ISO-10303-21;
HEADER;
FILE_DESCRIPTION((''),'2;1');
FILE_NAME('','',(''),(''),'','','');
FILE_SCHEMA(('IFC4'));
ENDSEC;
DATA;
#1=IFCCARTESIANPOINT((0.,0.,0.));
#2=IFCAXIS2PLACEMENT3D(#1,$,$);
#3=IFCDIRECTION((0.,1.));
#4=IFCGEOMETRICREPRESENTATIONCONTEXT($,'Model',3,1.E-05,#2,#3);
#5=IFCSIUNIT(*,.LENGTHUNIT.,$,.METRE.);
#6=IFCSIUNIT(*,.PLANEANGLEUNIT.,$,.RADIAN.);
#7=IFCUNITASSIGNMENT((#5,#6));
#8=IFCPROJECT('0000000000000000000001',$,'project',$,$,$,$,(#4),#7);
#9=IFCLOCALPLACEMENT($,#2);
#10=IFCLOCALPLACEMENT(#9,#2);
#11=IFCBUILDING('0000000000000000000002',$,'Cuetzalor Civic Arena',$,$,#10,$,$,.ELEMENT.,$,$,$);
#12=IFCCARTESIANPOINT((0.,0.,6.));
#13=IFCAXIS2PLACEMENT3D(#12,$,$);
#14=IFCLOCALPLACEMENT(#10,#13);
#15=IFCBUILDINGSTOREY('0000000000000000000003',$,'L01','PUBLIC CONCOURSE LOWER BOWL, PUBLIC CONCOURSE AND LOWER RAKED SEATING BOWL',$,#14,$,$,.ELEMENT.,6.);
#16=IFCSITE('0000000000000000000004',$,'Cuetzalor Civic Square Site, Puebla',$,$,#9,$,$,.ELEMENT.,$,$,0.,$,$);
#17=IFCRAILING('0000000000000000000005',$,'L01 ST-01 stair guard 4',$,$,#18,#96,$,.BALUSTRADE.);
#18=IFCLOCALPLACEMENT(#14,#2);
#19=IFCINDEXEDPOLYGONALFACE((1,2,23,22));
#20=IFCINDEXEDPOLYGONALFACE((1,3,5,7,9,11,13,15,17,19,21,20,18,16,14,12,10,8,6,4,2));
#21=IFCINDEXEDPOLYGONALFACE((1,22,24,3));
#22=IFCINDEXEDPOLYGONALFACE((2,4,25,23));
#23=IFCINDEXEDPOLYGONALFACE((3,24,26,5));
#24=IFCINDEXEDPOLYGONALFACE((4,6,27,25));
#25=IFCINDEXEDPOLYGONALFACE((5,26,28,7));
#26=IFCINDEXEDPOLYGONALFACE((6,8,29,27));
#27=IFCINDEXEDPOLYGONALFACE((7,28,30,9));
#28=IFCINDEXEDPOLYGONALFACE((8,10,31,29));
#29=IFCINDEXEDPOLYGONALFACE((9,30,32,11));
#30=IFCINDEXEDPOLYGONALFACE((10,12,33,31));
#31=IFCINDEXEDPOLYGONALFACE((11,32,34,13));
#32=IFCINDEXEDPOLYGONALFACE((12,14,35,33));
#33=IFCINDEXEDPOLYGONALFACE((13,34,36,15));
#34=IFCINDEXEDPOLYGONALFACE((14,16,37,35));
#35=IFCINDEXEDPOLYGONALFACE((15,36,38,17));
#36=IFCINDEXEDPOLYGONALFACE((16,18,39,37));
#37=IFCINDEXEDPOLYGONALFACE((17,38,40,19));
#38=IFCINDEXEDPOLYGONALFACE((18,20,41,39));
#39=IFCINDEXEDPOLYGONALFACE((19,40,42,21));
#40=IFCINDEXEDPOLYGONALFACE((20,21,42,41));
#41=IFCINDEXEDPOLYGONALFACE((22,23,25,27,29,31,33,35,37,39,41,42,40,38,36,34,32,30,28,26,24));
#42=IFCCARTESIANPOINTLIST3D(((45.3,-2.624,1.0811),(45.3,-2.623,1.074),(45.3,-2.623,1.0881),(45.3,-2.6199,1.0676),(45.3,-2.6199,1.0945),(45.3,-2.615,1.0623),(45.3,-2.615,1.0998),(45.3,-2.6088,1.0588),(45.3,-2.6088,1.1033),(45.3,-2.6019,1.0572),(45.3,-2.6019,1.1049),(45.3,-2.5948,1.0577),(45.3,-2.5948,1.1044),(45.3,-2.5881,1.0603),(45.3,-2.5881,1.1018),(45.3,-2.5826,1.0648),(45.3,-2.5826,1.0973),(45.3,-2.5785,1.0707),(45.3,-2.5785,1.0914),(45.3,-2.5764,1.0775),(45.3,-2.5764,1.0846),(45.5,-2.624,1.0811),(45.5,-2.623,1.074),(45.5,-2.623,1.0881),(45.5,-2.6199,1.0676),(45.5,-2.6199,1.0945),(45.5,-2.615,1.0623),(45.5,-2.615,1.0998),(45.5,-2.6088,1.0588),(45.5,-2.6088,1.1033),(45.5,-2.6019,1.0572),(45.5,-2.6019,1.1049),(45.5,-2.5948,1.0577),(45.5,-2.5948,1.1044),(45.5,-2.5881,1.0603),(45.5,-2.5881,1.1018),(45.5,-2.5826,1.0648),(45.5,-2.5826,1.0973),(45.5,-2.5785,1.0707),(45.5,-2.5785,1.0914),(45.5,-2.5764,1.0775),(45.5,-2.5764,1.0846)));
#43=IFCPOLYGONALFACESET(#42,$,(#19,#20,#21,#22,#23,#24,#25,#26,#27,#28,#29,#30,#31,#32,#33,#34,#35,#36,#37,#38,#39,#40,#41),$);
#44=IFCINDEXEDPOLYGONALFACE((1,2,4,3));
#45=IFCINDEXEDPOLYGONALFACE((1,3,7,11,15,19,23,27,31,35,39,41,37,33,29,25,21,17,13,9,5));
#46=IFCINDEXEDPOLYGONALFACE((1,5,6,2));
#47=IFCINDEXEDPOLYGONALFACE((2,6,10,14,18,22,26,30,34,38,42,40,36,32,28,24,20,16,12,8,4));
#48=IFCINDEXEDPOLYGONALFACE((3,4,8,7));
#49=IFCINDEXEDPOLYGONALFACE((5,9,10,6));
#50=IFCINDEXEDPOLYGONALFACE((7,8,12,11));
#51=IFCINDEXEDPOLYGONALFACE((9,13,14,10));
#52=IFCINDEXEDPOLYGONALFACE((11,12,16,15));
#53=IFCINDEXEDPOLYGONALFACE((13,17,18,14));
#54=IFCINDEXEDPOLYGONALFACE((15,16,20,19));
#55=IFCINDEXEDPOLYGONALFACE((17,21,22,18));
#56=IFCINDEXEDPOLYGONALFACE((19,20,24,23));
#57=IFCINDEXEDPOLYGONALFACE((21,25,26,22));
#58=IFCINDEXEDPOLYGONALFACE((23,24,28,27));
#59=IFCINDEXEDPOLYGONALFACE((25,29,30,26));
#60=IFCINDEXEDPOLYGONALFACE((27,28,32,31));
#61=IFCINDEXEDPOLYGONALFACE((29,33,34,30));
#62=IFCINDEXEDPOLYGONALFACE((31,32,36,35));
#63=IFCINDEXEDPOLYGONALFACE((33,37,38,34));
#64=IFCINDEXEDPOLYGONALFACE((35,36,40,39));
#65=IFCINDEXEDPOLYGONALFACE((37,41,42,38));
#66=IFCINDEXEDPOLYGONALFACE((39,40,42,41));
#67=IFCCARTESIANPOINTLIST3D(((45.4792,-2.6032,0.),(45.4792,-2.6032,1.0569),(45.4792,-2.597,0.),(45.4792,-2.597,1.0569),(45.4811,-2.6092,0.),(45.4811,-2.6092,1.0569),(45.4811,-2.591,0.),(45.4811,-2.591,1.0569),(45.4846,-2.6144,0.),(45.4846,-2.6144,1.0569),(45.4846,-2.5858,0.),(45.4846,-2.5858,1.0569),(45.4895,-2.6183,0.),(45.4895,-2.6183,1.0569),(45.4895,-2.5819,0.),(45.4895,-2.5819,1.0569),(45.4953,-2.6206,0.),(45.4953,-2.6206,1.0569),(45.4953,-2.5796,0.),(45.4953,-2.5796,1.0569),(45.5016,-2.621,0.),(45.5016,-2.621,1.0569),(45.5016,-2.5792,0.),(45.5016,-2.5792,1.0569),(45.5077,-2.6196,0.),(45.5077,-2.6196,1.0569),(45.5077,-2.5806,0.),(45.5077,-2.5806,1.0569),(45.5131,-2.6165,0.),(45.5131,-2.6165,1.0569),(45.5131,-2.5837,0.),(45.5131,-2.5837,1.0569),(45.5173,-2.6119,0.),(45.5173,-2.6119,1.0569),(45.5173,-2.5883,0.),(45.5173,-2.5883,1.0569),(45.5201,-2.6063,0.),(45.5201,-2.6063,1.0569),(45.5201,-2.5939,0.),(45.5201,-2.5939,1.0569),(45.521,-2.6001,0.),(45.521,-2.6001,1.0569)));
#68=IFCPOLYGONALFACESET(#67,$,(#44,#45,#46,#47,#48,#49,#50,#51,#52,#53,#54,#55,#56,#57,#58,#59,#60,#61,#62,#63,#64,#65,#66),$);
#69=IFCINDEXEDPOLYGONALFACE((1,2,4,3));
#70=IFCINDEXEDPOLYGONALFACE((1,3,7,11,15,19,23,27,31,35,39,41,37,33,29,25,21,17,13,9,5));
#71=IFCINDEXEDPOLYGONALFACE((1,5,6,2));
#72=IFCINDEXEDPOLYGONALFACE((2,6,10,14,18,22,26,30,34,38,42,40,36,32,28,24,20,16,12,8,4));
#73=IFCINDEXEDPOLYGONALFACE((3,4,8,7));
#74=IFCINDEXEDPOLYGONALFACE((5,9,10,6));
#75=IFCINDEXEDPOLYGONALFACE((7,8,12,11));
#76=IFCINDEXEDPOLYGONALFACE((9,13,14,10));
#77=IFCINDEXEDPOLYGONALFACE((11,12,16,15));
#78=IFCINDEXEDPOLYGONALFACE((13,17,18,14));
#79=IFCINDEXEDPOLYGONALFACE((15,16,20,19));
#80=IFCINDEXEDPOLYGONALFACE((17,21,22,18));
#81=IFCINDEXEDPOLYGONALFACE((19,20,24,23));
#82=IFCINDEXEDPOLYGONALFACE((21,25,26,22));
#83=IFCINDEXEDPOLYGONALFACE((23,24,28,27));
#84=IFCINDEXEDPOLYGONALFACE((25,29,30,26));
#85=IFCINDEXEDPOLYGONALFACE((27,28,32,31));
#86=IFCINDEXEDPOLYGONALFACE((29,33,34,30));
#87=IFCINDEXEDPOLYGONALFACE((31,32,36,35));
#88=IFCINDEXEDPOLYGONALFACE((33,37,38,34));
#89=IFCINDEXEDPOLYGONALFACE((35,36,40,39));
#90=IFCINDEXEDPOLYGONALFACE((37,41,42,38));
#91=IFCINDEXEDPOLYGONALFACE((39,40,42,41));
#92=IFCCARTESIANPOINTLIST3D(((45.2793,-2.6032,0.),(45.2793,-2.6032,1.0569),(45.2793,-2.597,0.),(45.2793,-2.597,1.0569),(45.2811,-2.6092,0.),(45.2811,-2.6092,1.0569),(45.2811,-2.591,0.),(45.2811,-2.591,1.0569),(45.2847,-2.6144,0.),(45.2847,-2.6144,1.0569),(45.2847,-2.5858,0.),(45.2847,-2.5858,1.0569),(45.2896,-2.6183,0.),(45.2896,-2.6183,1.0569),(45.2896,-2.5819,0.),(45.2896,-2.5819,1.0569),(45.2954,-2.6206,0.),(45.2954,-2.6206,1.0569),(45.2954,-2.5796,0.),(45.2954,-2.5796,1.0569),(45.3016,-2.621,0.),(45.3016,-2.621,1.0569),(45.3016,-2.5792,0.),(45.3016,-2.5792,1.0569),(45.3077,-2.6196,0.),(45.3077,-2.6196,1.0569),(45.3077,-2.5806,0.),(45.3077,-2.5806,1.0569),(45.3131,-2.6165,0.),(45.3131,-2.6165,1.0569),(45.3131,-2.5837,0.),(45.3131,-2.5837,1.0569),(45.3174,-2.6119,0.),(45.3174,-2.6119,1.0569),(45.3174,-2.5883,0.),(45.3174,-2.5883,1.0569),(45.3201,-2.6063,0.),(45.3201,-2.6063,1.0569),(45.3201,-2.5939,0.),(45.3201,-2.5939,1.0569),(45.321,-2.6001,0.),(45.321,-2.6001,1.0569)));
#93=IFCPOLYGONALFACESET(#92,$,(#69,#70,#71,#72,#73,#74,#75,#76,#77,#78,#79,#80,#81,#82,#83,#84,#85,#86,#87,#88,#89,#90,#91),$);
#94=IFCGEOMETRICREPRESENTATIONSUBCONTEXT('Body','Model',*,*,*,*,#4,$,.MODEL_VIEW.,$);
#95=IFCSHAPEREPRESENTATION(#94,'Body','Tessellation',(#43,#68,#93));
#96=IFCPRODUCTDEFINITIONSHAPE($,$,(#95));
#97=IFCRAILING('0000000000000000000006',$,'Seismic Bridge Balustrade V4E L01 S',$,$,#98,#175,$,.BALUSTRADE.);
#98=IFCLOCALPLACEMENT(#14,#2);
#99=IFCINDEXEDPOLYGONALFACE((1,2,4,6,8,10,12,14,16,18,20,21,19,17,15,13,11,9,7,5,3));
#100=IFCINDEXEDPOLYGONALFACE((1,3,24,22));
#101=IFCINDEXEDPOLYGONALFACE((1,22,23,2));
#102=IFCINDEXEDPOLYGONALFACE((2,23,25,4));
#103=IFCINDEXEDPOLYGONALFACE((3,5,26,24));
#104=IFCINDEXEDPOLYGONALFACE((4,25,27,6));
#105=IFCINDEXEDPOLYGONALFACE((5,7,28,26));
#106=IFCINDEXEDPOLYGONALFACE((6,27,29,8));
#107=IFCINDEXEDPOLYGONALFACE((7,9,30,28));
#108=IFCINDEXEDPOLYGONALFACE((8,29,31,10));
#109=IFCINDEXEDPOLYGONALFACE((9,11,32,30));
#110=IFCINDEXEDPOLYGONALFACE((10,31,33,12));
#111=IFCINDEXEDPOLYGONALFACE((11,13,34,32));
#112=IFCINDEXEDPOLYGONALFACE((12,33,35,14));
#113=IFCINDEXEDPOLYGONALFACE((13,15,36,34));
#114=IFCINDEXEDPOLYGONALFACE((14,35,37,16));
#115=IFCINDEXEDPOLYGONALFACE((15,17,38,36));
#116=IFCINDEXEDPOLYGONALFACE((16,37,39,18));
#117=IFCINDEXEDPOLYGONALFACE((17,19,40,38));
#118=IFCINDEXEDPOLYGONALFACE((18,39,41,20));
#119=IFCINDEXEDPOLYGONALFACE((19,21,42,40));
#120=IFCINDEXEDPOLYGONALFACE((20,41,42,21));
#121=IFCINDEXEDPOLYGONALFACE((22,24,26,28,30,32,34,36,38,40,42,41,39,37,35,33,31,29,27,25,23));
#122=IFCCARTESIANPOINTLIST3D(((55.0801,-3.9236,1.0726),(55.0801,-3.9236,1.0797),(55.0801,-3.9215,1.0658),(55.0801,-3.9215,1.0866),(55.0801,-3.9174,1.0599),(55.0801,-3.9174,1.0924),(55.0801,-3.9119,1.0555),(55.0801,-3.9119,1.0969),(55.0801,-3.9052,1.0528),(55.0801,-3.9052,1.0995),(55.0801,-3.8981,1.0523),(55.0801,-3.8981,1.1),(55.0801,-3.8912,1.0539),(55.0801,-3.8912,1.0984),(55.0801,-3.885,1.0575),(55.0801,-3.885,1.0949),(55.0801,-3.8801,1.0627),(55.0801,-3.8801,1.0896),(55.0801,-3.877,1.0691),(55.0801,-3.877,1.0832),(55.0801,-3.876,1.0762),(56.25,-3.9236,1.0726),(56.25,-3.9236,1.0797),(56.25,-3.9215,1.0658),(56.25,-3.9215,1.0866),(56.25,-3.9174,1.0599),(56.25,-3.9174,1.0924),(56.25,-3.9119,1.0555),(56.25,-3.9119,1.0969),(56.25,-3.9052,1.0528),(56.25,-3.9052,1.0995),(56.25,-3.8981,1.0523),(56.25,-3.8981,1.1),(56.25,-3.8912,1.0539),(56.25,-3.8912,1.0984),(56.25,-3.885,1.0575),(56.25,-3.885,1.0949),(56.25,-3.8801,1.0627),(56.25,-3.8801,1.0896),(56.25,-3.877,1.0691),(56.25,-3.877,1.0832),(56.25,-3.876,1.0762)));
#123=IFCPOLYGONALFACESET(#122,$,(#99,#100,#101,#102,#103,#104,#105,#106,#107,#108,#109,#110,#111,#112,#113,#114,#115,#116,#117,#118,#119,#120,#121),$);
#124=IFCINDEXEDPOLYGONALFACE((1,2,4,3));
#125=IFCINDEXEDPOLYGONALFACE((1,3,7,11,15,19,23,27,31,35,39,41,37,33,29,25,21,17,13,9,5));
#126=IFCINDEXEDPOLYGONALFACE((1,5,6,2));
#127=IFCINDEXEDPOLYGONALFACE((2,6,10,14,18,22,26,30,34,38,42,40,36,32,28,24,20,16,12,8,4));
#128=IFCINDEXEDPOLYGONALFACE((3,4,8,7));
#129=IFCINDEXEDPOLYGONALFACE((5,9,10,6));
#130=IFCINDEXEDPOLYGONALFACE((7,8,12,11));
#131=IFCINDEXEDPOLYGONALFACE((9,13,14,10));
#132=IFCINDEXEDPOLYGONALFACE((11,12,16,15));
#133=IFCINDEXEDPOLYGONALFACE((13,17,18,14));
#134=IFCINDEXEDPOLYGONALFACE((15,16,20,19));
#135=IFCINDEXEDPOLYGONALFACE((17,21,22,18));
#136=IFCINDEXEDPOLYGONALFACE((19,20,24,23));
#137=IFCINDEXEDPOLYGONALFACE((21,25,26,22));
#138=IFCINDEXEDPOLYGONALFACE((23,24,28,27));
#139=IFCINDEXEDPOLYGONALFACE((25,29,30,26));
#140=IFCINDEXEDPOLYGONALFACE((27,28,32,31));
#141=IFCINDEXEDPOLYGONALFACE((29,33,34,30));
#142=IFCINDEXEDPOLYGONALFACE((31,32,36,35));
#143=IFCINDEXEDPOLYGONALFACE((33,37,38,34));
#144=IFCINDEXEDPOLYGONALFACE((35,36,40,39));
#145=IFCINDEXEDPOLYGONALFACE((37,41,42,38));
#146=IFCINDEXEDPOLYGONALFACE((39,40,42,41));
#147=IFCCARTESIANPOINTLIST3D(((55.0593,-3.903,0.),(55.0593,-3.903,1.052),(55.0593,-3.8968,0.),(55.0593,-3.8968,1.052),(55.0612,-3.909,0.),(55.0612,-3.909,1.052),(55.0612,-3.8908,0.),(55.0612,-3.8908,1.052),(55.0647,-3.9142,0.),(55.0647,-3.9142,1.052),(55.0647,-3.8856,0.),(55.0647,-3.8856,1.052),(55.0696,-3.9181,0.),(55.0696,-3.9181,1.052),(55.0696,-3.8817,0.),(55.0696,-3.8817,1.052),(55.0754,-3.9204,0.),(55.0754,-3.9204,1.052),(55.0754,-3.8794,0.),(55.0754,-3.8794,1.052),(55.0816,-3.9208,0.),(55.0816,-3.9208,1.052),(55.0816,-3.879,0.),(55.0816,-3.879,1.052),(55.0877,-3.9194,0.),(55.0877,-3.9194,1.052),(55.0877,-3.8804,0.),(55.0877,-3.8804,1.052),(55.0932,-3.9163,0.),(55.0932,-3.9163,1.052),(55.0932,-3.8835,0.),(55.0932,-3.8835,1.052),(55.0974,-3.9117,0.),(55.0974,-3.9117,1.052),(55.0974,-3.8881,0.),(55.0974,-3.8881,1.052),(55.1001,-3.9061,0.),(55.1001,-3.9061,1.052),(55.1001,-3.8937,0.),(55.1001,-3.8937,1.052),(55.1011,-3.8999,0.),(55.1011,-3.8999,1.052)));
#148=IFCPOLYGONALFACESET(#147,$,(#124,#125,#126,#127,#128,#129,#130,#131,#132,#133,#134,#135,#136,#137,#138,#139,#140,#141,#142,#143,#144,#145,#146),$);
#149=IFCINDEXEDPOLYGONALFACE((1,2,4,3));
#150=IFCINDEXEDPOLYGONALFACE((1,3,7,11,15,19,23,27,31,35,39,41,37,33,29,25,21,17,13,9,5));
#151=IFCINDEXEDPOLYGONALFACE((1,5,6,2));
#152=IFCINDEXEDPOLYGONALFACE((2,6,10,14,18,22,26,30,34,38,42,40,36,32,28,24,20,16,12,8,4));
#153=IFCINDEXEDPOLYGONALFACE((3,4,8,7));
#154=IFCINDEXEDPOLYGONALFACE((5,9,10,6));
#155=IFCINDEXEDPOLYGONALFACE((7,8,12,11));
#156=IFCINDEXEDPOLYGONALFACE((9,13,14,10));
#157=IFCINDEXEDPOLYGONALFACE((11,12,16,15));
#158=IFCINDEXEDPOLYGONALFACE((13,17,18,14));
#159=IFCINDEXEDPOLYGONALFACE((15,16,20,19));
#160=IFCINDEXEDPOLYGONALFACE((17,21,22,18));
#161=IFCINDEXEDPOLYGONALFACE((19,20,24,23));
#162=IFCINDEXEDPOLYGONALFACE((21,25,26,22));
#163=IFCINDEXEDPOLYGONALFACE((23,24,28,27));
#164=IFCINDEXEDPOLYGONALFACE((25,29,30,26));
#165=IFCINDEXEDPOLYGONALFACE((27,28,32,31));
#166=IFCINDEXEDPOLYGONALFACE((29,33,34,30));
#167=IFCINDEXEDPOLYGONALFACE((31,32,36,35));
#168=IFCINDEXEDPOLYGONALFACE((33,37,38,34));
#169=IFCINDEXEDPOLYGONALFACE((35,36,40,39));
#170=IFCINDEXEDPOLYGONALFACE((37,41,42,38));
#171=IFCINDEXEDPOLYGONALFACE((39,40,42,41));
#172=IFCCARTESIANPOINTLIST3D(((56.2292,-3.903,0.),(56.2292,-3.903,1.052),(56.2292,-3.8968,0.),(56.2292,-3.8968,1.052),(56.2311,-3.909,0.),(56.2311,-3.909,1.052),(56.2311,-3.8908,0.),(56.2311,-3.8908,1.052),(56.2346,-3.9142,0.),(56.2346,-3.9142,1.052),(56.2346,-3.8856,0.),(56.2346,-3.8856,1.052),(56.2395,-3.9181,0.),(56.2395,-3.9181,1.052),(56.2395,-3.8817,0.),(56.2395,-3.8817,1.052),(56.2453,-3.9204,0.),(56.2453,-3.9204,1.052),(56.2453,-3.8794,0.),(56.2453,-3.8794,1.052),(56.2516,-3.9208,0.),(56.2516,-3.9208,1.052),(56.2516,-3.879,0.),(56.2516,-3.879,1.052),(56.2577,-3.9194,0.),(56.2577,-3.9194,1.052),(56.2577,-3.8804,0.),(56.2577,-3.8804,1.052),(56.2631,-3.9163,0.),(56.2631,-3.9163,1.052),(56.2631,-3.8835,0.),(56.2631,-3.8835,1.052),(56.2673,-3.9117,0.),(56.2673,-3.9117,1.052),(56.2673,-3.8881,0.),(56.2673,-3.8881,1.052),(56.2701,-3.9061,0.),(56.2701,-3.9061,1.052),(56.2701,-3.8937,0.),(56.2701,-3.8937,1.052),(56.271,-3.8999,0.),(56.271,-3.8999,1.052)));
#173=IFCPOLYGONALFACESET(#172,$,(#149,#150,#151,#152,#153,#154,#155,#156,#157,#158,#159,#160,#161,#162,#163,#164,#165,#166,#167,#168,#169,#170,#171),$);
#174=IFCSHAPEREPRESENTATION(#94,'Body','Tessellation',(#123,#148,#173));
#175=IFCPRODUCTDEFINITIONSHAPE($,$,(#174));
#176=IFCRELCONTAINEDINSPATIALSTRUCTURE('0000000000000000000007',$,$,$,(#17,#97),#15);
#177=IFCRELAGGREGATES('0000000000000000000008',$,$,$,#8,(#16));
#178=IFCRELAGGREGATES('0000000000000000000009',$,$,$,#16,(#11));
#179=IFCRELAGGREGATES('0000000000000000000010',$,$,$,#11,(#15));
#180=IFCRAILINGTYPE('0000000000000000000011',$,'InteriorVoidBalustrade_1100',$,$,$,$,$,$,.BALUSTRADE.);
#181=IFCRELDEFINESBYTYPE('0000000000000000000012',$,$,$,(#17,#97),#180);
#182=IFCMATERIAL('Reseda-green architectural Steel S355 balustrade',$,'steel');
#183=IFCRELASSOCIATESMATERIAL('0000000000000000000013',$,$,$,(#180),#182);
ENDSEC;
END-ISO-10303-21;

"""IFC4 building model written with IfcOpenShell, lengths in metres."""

from ifc_helpers import new_model, si_unit, direction, frame, origin, origin_2d, place, context, subcontext, project, spatial, circle, extrude, material, type_object, element, save


model = new_model("IFC4")

# Units and contexts
model_context = context("Model", 3, precision=1e-05, world=origin(), true_north=direction((0.0, 1.0)))
body_context = subcontext(model_context, "Body", "Model", "MODEL_VIEW")
ifc_project = project(units=[si_unit("LENGTHUNIT", "METRE"), si_unit("PLANEANGLEUNIT", "RADIAN")], contexts=[model_context])

# Site, building, storey
site_placement = place(None, origin())
site = spatial("IfcSite", under=ifc_project, at=site_placement, Name="Cuetzalor Civic Square Site, Puebla", CompositionType="ELEMENT", RefElevation=0.0)
building_placement = place(site_placement, origin())
building = spatial("IfcBuilding", under=site, at=building_placement, Name="Cuetzalor Civic Arena", CompositionType="ELEMENT")
storey_placement = place(building_placement, frame((0.0, 0.0, 6.0)))
storey = spatial("IfcBuildingStorey", under=building, at=storey_placement, Name="L01", Description="PUBLIC CONCOURSE LOWER BOWL, PUBLIC CONCOURSE AND LOWER RAKED SEATING BOWL", CompositionType="ELEMENT", Elevation=6.0)

# Railings
ifc_material_1 = material(Name="Reseda-green architectural Steel S355 balustrade", Category="steel")
railing_type_1 = type_object("IfcRailingType", Name="InteriorVoidBalustrade_1100", PredefinedType="BALUSTRADE", material=ifc_material_1)
railing_1_placement = place(storey_placement, frame((45.5, -2.6001, 0.0)))
element("IfcRailing", 1, at=railing_1_placement, inside=storey, type_object=railing_type_1, Name="L01 ST-01 stair guard 4", PredefinedType="BALUSTRADE", context=body_context, shape_type="SweptSolid", body=[
    extrude(circle(Radius=0.0239, at=origin_2d()), frame((0.0, 0.0, 1.0811), z_axis=(-1.0, 0.0, 0.0), x_axis=(0.0, -1.0, 0.0)), (0.0, 0.0, 1.0), 0.2),
    extrude(circle(Radius=0.021, at=origin_2d()), origin(), (0.0, 0.0, 1.0), 1.0569),
    extrude(circle(Radius=0.021, at=origin_2d()), frame((-0.2, 0.0, 0.0)), (0.0, 0.0, 1.0), 1.0569),
])
for number, where, name in (
    (2, (55.0801, -3.8999, 0.0), "Seismic Bridge Balustrade V4E L01 S"),
):
    element("IfcRailing", number, at=place(storey_placement, frame(where)), inside=storey, type_object=railing_type_1, Name=name, PredefinedType="BALUSTRADE", context=body_context, shape_type="SweptSolid", body=[
        extrude(circle(Radius=0.0239, at=origin_2d()), frame((0.0, 0.0, 1.0762), z_axis=(1.0, 0.0, 0.0), x_axis=(0.0, 1.0, 0.0)), (0.0, 0.0, 1.0), 1.1699),
        extrude(circle(Radius=0.021, at=origin_2d()), origin(), (0.0, 0.0, 1.0), 1.052),
        extrude(circle(Radius=0.021, at=origin_2d()), frame((1.1699, 0.0, 0.0)), (0.0, 0.0, 1.0), 1.052),
    ])

save(model, "model.ifc")
